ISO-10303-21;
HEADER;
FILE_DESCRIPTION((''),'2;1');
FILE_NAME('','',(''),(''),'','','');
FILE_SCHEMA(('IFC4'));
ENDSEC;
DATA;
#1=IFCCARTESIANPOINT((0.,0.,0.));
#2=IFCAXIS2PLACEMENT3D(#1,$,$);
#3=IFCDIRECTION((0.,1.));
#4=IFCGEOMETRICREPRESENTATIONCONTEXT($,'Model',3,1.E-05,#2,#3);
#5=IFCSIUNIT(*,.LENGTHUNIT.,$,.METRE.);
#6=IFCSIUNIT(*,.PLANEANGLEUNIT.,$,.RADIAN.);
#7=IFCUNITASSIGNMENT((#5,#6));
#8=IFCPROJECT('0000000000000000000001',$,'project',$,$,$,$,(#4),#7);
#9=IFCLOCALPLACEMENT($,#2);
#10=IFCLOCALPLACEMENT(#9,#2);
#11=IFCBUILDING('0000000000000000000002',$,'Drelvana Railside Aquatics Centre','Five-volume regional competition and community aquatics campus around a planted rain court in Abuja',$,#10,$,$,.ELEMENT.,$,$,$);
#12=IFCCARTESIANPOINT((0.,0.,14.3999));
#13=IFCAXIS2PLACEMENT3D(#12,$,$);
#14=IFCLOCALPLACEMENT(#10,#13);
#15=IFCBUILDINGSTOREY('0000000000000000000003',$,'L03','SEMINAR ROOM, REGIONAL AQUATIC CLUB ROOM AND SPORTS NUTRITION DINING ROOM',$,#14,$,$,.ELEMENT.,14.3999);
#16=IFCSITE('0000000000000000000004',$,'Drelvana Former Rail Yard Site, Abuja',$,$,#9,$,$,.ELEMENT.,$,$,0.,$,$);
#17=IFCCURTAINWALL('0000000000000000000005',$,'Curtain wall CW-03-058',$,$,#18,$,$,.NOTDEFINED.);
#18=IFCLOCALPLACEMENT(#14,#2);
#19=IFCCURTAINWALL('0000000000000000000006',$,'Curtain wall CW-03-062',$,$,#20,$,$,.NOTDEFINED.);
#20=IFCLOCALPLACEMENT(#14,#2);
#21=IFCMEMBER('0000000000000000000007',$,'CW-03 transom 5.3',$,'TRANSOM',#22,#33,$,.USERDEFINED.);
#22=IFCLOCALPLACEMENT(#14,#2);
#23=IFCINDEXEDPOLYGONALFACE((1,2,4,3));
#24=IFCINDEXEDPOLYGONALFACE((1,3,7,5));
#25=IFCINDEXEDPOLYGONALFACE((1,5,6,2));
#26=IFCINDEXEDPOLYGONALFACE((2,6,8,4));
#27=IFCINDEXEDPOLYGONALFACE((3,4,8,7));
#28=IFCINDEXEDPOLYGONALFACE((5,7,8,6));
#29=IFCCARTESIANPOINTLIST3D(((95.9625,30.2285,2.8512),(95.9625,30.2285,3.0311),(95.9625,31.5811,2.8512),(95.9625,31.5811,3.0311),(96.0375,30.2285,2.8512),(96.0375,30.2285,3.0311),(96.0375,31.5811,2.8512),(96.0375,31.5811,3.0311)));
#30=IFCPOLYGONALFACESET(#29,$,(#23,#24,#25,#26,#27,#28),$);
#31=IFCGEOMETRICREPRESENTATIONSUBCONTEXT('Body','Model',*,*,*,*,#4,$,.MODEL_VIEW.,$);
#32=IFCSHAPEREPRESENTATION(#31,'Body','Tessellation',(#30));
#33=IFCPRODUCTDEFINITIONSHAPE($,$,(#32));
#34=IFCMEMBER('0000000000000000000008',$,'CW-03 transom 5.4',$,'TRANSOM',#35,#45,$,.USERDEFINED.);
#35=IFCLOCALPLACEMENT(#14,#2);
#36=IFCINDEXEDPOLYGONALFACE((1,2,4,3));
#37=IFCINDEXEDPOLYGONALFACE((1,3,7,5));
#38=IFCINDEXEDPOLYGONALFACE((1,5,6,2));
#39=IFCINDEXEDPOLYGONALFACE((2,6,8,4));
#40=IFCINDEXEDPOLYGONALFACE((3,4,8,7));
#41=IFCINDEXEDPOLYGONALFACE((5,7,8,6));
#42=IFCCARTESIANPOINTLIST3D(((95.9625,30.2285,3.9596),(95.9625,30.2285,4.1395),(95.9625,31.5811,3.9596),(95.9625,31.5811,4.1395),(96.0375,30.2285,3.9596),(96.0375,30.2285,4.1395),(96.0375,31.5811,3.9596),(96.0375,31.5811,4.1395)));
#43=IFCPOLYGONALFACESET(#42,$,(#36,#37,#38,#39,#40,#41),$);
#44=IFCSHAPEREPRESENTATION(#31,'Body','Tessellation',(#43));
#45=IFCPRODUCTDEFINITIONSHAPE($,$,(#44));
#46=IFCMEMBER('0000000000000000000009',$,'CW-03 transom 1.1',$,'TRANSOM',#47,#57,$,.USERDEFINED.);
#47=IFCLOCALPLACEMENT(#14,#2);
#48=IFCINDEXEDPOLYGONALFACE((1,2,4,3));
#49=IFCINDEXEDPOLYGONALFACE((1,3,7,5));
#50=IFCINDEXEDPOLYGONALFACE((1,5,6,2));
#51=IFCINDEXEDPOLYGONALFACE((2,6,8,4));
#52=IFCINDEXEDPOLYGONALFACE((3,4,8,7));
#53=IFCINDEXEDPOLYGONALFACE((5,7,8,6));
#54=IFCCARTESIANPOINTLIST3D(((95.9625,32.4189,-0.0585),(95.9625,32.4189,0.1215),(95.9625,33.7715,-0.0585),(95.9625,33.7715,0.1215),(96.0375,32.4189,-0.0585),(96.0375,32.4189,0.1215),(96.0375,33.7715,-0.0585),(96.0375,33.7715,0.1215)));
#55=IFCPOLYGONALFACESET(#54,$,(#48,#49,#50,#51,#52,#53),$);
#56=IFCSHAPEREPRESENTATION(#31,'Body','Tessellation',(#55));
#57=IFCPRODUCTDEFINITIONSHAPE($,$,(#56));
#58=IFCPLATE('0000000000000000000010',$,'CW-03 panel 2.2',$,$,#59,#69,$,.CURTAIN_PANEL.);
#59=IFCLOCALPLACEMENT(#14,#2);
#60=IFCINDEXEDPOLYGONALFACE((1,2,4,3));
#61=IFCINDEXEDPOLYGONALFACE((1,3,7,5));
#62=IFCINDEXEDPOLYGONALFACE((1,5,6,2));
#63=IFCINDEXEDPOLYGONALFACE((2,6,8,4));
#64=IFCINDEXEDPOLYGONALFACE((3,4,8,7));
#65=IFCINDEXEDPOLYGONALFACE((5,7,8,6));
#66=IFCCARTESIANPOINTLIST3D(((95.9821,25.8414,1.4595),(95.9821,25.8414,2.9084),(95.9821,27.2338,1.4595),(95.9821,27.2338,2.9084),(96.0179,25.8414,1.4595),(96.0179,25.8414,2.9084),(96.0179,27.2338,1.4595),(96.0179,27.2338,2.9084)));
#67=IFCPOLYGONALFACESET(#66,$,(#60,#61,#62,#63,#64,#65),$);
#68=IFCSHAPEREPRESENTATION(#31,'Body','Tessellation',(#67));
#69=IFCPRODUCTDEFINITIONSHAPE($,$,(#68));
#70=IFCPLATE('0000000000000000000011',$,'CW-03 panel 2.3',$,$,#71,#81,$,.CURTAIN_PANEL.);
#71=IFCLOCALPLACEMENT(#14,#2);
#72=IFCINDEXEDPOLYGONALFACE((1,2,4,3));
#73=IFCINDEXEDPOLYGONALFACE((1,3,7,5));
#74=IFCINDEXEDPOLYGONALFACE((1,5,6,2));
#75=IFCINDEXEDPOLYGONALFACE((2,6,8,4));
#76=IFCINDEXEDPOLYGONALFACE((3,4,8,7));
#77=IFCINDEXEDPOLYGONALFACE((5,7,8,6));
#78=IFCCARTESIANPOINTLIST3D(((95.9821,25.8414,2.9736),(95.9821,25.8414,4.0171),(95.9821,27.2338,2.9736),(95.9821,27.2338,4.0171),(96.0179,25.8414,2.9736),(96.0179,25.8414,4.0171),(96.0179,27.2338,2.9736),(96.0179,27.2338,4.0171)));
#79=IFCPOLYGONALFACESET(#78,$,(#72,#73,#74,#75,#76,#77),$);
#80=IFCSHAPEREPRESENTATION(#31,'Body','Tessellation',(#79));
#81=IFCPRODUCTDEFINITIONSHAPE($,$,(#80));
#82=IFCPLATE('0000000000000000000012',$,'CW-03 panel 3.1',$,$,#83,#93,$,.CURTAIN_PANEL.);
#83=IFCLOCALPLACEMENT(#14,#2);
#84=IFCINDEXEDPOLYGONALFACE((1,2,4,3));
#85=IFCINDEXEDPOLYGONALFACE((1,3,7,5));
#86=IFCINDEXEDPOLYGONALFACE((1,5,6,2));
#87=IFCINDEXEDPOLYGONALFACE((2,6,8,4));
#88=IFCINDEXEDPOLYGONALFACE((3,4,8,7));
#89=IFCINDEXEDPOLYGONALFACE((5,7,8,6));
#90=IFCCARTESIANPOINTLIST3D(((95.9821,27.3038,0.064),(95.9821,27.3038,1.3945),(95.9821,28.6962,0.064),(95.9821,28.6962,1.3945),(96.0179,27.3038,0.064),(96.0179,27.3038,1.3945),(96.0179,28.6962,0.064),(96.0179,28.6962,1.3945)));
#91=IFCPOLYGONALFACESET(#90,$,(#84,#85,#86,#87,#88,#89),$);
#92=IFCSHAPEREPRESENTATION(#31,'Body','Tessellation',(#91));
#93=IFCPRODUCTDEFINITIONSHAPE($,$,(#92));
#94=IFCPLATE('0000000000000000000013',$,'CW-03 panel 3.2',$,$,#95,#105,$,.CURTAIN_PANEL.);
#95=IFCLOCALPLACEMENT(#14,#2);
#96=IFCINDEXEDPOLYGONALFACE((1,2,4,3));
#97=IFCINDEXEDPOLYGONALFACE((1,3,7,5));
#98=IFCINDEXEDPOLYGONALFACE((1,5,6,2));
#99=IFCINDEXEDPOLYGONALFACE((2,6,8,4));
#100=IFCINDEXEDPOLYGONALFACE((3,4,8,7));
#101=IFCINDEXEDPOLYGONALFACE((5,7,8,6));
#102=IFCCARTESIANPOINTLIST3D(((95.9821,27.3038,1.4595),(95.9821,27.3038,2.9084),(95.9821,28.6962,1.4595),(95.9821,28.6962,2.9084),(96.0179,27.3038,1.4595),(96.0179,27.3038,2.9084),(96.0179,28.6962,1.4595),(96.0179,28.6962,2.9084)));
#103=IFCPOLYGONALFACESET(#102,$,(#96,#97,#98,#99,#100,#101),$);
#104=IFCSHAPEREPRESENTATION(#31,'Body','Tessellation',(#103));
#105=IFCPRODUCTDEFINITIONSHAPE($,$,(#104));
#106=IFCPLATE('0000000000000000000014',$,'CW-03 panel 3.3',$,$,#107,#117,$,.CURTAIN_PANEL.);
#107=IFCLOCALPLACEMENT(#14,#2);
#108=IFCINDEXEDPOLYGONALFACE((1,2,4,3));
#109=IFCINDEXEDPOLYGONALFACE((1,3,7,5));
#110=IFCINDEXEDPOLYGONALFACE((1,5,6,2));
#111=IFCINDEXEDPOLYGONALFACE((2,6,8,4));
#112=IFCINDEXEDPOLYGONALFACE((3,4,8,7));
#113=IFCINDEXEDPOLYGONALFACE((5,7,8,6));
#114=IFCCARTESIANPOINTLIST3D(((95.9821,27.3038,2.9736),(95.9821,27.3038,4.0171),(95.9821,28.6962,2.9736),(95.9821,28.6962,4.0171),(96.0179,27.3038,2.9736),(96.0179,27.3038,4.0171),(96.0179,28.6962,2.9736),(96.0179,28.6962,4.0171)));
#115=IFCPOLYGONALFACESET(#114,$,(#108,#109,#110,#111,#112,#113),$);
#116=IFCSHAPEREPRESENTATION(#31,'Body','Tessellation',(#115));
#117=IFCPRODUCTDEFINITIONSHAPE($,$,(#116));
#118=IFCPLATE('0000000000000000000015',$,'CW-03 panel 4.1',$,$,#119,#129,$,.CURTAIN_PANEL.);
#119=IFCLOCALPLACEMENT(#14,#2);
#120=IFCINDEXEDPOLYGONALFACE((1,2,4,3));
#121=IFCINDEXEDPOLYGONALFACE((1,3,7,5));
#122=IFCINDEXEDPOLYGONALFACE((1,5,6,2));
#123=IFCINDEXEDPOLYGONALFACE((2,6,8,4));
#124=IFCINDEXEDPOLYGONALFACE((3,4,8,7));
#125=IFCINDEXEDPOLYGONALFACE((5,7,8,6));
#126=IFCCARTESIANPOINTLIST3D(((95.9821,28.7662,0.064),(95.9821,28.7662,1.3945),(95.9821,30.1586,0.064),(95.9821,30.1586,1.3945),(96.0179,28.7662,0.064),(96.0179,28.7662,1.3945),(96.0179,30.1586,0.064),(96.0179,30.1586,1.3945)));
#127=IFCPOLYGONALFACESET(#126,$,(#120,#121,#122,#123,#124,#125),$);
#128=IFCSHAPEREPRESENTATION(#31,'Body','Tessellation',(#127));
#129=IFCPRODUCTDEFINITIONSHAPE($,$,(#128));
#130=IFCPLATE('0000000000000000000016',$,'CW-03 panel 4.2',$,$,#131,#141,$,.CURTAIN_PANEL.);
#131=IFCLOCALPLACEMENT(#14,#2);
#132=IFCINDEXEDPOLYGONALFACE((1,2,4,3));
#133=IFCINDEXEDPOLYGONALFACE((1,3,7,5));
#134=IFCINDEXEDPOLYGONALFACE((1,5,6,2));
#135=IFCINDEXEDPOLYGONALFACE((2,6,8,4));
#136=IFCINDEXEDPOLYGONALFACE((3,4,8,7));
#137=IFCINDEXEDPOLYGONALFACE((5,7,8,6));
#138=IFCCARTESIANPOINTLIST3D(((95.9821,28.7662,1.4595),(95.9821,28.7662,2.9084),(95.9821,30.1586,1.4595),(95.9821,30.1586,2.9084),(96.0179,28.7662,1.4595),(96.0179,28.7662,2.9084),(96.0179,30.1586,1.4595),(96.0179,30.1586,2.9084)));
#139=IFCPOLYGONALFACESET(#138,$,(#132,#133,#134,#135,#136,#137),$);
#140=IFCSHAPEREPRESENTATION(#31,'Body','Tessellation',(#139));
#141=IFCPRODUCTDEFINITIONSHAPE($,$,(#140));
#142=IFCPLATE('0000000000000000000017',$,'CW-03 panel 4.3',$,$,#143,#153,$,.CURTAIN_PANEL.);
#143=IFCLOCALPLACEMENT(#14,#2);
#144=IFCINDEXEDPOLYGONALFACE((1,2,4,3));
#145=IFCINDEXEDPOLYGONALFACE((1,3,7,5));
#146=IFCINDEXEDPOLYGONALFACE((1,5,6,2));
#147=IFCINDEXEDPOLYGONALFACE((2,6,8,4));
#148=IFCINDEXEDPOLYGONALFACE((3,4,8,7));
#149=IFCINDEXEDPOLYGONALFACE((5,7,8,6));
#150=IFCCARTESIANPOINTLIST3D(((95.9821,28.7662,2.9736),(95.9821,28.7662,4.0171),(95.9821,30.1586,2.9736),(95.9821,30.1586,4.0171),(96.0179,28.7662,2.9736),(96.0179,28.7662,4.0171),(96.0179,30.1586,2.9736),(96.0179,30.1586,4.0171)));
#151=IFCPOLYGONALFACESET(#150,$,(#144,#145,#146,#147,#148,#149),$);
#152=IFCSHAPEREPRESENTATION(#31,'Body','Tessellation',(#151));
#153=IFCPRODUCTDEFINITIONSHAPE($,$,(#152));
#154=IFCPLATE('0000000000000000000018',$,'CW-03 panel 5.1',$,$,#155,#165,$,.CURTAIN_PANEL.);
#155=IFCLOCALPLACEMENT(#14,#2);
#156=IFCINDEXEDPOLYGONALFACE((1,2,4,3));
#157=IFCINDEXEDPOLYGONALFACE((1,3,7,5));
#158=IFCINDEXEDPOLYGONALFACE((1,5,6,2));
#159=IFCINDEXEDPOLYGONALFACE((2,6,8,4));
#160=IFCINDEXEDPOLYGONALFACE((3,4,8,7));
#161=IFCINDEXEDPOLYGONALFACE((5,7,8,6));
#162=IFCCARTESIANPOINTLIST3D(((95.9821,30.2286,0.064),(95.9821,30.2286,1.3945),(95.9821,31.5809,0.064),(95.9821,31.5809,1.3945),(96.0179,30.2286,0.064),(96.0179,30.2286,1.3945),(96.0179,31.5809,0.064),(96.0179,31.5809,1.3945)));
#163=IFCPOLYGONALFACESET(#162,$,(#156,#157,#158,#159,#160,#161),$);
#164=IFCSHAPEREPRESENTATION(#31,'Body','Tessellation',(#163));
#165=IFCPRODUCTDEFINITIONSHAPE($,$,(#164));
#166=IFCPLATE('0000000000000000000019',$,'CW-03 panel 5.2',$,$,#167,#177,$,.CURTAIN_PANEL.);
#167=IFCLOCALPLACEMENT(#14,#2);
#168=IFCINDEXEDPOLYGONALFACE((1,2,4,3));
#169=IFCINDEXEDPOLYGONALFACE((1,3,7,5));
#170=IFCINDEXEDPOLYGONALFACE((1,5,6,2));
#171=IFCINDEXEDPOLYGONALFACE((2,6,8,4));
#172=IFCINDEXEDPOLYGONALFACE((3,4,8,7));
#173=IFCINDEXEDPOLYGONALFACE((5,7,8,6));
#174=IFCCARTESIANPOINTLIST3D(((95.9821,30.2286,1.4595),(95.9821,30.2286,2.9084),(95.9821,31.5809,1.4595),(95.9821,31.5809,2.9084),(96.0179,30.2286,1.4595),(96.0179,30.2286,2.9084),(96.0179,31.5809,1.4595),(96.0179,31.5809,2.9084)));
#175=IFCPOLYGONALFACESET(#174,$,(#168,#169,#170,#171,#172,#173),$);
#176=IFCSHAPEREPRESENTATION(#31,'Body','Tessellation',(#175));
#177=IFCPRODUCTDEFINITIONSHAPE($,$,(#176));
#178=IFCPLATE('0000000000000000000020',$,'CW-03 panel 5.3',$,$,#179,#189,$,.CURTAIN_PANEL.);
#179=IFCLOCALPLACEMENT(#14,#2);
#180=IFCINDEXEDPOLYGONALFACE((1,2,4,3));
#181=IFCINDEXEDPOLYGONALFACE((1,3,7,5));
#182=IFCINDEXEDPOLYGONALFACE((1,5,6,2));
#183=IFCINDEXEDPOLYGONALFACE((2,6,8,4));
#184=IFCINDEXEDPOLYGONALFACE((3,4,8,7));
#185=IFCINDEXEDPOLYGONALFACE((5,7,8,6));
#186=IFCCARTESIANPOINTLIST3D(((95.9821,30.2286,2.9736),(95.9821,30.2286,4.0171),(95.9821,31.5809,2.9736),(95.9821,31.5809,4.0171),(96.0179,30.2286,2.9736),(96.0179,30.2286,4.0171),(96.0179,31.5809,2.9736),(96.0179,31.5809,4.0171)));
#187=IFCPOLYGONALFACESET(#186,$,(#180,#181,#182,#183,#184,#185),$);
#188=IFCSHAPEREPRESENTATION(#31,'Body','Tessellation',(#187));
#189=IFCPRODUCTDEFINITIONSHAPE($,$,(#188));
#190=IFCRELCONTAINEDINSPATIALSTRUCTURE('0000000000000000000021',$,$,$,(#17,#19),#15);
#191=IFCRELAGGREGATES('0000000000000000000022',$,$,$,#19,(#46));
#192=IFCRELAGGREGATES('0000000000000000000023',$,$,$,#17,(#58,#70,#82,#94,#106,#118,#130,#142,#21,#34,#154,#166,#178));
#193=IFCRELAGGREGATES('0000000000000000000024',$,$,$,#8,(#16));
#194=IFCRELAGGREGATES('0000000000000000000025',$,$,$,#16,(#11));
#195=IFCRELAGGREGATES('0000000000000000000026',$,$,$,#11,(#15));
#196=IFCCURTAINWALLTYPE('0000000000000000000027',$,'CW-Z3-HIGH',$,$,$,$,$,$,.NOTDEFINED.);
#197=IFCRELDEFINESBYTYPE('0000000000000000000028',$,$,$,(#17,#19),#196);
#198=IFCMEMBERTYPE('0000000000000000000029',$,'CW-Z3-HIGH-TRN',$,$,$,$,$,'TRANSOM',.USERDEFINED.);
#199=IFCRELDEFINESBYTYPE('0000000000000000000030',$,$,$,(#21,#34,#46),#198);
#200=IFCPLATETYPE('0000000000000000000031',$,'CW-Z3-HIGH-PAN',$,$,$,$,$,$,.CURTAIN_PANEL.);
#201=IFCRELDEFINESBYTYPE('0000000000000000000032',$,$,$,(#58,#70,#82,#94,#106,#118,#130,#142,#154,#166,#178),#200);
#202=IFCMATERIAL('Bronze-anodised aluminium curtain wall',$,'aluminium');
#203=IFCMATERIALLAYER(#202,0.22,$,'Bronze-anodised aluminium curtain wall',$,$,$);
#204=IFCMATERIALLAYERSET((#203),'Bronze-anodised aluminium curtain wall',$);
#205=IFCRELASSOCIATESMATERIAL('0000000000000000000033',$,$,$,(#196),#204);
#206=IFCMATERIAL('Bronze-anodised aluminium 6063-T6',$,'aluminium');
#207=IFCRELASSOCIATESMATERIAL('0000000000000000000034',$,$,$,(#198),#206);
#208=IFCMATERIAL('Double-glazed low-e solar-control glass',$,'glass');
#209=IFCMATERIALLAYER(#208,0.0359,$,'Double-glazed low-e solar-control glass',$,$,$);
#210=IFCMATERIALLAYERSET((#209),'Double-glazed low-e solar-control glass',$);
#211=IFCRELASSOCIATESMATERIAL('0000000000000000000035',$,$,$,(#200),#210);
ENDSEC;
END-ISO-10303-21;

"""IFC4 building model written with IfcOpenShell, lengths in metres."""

from ifc_helpers import new_model, si_unit, direction, frame, origin, origin_2d, place, context, subcontext, project, spatial, rectangle, extrude, material, layer, layer_set, material_profile, profile_set, type_object, element, aggregate, save


model = new_model("IFC4")

# Units and contexts
model_context = context("Model", 3, precision=1e-05, world=origin(), true_north=direction((0.0, 1.0)))
body_context = subcontext(model_context, "Body", "Model", "MODEL_VIEW")
ifc_project = project(units=[si_unit("LENGTHUNIT", "METRE"), si_unit("PLANEANGLEUNIT", "RADIAN")], contexts=[model_context])

# Site, building, storey
site_placement = place(None, origin())
site = spatial("IfcSite", under=ifc_project, at=site_placement, Name="Drelvana Former Rail Yard Site, Abuja", CompositionType="ELEMENT", RefElevation=0.0)
building_placement = place(site_placement, origin())
building = spatial("IfcBuilding", under=site, at=building_placement, Name="Drelvana Railside Aquatics Centre", Description="Five-volume regional competition and community aquatics campus around a planted rain court in Abuja", CompositionType="ELEMENT")
storey_placement = place(building_placement, frame((0.0, 0.0, 14.3999)))
storey = spatial("IfcBuildingStorey", under=building, at=storey_placement, Name="L03", Description="SEMINAR ROOM, REGIONAL AQUATIC CLUB ROOM AND SPORTS NUTRITION DINING ROOM", CompositionType="ELEMENT", Elevation=14.3999)

# Curtain wall
ifc_material_1 = material(Name="Bronze-anodised aluminium curtain wall", Category="aluminium")
ifc_layer_1 = layer(ifc_material_1, 0.22, Name="Bronze-anodised aluminium curtain wall")
ifc_layer_set_1 = layer_set([ifc_layer_1], Name="Bronze-anodised aluminium curtain wall")
curtain_wall_type = type_object("IfcCurtainWallType", Name="CW-Z3-HIGH", PredefinedType="NOTDEFINED", material=ifc_layer_set_1)
curtain_wall_1_placement = place(storey_placement, origin())
curtain_wall_1 = element("IfcCurtainWall", 1, at=curtain_wall_1_placement, inside=storey, type_object=curtain_wall_type, Name="Curtain wall CW-03-058", PredefinedType="NOTDEFINED")
ifc_material_2 = material(Name="Bronze-anodised aluminium 6063-T6", Category="aluminium")

# Curtain wall
curtain_wall_2_placement = place(storey_placement, origin())
curtain_wall_2 = element("IfcCurtainWall", 2, at=curtain_wall_2_placement, inside=storey, type_object=curtain_wall_type, Name="Curtain wall CW-03-062", PredefinedType="NOTDEFINED")

# Members
ifc_material_profile_1 = material_profile(ifc_material_2, rectangle(XDim=0.1799, YDim=0.075, at=origin_2d()), Name="ALU-T 75x180")
ifc_profile_set_1 = profile_set([ifc_material_profile_1], Name="Bronze-anodised aluminium 6063-T6")
member_type_1 = type_object("IfcMemberType", Name="CW-Z3-HIGH-TRN", ElementType="TRANSOM", PredefinedType="USERDEFINED", material=ifc_profile_set_1)
member_1_placement = place(storey_placement, frame((96.0, 30.2285, 2.9412), z_axis=(0.0, 1.0, 0.0), x_axis=(0.0, 0.0, 1.0)))
member_1 = element("IfcMember", 3, at=member_1_placement, type_object=member_type_1, Name="CW-03 transom 5.3", ObjectType="TRANSOM", PredefinedType="USERDEFINED", context=body_context, shape_type="SweptSolid", body=[
    extrude(rectangle(XDim=0.1799, YDim=0.075, at=origin_2d()), origin(), (0.0, 0.0, 1.0), 1.3525),
])
member_2_placement = place(storey_placement, frame((96.0, 30.2285, 4.0496), z_axis=(0.0, 1.0, 0.0), x_axis=(0.0, 0.0, 1.0)))
member_2 = element("IfcMember", 4, at=member_2_placement, type_object=member_type_1, Name="CW-03 transom 5.4", ObjectType="TRANSOM", PredefinedType="USERDEFINED", context=body_context, shape_type="SweptSolid", body=[
    extrude(rectangle(XDim=0.1799, YDim=0.075, at=origin_2d()), origin(), (0.0, 0.0, 1.0), 1.3525),
])
member_3_placement = place(storey_placement, frame((96.0, 32.4189, 0.0315), z_axis=(0.0, 1.0, 0.0), x_axis=(0.0, 0.0, 1.0)))
member_3 = element("IfcMember", 5, at=member_3_placement, type_object=member_type_1, Name="CW-03 transom 1.1", ObjectType="TRANSOM", PredefinedType="USERDEFINED", context=body_context, shape_type="SweptSolid", body=[
    extrude(rectangle(XDim=0.1799, YDim=0.075, at=origin_2d()), origin(), (0.0, 0.0, 1.0), 1.3525),
])
aggregate(curtain_wall_2, [member_3])

# Plates
ifc_material_3 = material(Name="Double-glazed low-e solar-control glass", Category="glass")
ifc_layer_2 = layer(ifc_material_3, 0.0359, Name="Double-glazed low-e solar-control glass")
ifc_layer_set_2 = layer_set([ifc_layer_2], Name="Double-glazed low-e solar-control glass")
plate_type = type_object("IfcPlateType", Name="CW-Z3-HIGH-PAN", PredefinedType="CURTAIN_PANEL", material=ifc_layer_set_2)
plate_1_placement = place(storey_placement, frame((96.0, 26.5376, 1.4595), z_axis=(0.0, 0.0, 1.0), x_axis=(0.0, 1.0, 0.0)))
plate_1 = element("IfcPlate", 6, at=plate_1_placement, type_object=plate_type, Name="CW-03 panel 2.2", PredefinedType="CURTAIN_PANEL", context=body_context, shape_type="SweptSolid", body=[
    extrude(rectangle(XDim=1.3923, YDim=0.0359, at=origin_2d()), origin(), (0.0, 0.0, 1.0), 1.449),
])
plate_2_placement = place(storey_placement, frame((96.0, 26.5376, 2.9736), z_axis=(0.0, 0.0, 1.0), x_axis=(0.0, 1.0, 0.0)))
plate_2 = element("IfcPlate", 7, at=plate_2_placement, type_object=plate_type, Name="CW-03 panel 2.3", PredefinedType="CURTAIN_PANEL", context=body_context, shape_type="SweptSolid", body=[
    extrude(rectangle(XDim=1.3923, YDim=0.0359, at=origin_2d()), origin(), (0.0, 0.0, 1.0), 1.0435),
])
plate_3_placement = place(storey_placement, frame((96.0, 28.0, 0.064), z_axis=(0.0, 0.0, 1.0), x_axis=(0.0, 1.0, 0.0)))
plate_3 = element("IfcPlate", 8, at=plate_3_placement, type_object=plate_type, Name="CW-03 panel 3.1", PredefinedType="CURTAIN_PANEL", context=body_context, shape_type="SweptSolid", body=[
    extrude(rectangle(XDim=1.3923, YDim=0.0359, at=origin_2d()), origin(), (0.0, 0.0, 1.0), 1.3306),
])
plate_4_placement = place(storey_placement, frame((96.0, 28.0, 1.4595), z_axis=(0.0, 0.0, 1.0), x_axis=(0.0, 1.0, 0.0)))
plate_4 = element("IfcPlate", 9, at=plate_4_placement, type_object=plate_type, Name="CW-03 panel 3.2", PredefinedType="CURTAIN_PANEL", context=body_context, shape_type="SweptSolid", body=[
    extrude(rectangle(XDim=1.3923, YDim=0.0359, at=origin_2d()), origin(), (0.0, 0.0, 1.0), 1.449),
])
plate_5_placement = place(storey_placement, frame((96.0, 28.0, 2.9736), z_axis=(0.0, 0.0, 1.0), x_axis=(0.0, 1.0, 0.0)))
plate_5 = element("IfcPlate", 10, at=plate_5_placement, type_object=plate_type, Name="CW-03 panel 3.3", PredefinedType="CURTAIN_PANEL", context=body_context, shape_type="SweptSolid", body=[
    extrude(rectangle(XDim=1.3923, YDim=0.0359, at=origin_2d()), origin(), (0.0, 0.0, 1.0), 1.0435),
])
plate_6_placement = place(storey_placement, frame((96.0, 29.4624, 0.064), z_axis=(0.0, 0.0, 1.0), x_axis=(0.0, 1.0, 0.0)))
plate_6 = element("IfcPlate", 11, at=plate_6_placement, type_object=plate_type, Name="CW-03 panel 4.1", PredefinedType="CURTAIN_PANEL", context=body_context, shape_type="SweptSolid", body=[
    extrude(rectangle(XDim=1.3923, YDim=0.0359, at=origin_2d()), origin(), (0.0, 0.0, 1.0), 1.3306),
])
plate_7_placement = place(storey_placement, frame((96.0, 29.4624, 1.4595), z_axis=(0.0, 0.0, 1.0), x_axis=(0.0, 1.0, 0.0)))
plate_7 = element("IfcPlate", 12, at=plate_7_placement, type_object=plate_type, Name="CW-03 panel 4.2", PredefinedType="CURTAIN_PANEL", context=body_context, shape_type="SweptSolid", body=[
    extrude(rectangle(XDim=1.3923, YDim=0.0359, at=origin_2d()), origin(), (0.0, 0.0, 1.0), 1.449),
])
plate_8_placement = place(storey_placement, frame((96.0, 29.4624, 2.9736), z_axis=(0.0, 0.0, 1.0), x_axis=(0.0, 1.0, 0.0)))
plate_8 = element("IfcPlate", 13, at=plate_8_placement, type_object=plate_type, Name="CW-03 panel 4.3", PredefinedType="CURTAIN_PANEL", context=body_context, shape_type="SweptSolid", body=[
    extrude(rectangle(XDim=1.3923, YDim=0.0359, at=origin_2d()), origin(), (0.0, 0.0, 1.0), 1.0435),
])
plate_9_placement = place(storey_placement, frame((96.0, 30.9048, 0.064), z_axis=(0.0, 0.0, 1.0), x_axis=(0.0, 1.0, 0.0)))
plate_9 = element("IfcPlate", 14, at=plate_9_placement, type_object=plate_type, Name="CW-03 panel 5.1", PredefinedType="CURTAIN_PANEL", context=body_context, shape_type="SweptSolid", body=[
    extrude(rectangle(XDim=1.3523, YDim=0.0359, at=origin_2d()), origin(), (0.0, 0.0, 1.0), 1.3306),
])
plate_10_placement = place(storey_placement, frame((96.0, 30.9048, 1.4595), z_axis=(0.0, 0.0, 1.0), x_axis=(0.0, 1.0, 0.0)))
plate_10 = element("IfcPlate", 15, at=plate_10_placement, type_object=plate_type, Name="CW-03 panel 5.2", PredefinedType="CURTAIN_PANEL", context=body_context, shape_type="SweptSolid", body=[
    extrude(rectangle(XDim=1.3523, YDim=0.0359, at=origin_2d()), origin(), (0.0, 0.0, 1.0), 1.449),
])
plate_11_placement = place(storey_placement, frame((96.0, 30.9048, 2.9736), z_axis=(0.0, 0.0, 1.0), x_axis=(0.0, 1.0, 0.0)))
plate_11 = element("IfcPlate", 16, at=plate_11_placement, type_object=plate_type, Name="CW-03 panel 5.3", PredefinedType="CURTAIN_PANEL", context=body_context, shape_type="SweptSolid", body=[
    extrude(rectangle(XDim=1.3523, YDim=0.0359, at=origin_2d()), origin(), (0.0, 0.0, 1.0), 1.0435),
])
aggregate(curtain_wall_1, [plate_1, plate_2, plate_3, plate_4, plate_5, plate_6, plate_7, plate_8, member_1, member_2, plate_9, plate_10, plate_11])

save(model, "model.ifc")
